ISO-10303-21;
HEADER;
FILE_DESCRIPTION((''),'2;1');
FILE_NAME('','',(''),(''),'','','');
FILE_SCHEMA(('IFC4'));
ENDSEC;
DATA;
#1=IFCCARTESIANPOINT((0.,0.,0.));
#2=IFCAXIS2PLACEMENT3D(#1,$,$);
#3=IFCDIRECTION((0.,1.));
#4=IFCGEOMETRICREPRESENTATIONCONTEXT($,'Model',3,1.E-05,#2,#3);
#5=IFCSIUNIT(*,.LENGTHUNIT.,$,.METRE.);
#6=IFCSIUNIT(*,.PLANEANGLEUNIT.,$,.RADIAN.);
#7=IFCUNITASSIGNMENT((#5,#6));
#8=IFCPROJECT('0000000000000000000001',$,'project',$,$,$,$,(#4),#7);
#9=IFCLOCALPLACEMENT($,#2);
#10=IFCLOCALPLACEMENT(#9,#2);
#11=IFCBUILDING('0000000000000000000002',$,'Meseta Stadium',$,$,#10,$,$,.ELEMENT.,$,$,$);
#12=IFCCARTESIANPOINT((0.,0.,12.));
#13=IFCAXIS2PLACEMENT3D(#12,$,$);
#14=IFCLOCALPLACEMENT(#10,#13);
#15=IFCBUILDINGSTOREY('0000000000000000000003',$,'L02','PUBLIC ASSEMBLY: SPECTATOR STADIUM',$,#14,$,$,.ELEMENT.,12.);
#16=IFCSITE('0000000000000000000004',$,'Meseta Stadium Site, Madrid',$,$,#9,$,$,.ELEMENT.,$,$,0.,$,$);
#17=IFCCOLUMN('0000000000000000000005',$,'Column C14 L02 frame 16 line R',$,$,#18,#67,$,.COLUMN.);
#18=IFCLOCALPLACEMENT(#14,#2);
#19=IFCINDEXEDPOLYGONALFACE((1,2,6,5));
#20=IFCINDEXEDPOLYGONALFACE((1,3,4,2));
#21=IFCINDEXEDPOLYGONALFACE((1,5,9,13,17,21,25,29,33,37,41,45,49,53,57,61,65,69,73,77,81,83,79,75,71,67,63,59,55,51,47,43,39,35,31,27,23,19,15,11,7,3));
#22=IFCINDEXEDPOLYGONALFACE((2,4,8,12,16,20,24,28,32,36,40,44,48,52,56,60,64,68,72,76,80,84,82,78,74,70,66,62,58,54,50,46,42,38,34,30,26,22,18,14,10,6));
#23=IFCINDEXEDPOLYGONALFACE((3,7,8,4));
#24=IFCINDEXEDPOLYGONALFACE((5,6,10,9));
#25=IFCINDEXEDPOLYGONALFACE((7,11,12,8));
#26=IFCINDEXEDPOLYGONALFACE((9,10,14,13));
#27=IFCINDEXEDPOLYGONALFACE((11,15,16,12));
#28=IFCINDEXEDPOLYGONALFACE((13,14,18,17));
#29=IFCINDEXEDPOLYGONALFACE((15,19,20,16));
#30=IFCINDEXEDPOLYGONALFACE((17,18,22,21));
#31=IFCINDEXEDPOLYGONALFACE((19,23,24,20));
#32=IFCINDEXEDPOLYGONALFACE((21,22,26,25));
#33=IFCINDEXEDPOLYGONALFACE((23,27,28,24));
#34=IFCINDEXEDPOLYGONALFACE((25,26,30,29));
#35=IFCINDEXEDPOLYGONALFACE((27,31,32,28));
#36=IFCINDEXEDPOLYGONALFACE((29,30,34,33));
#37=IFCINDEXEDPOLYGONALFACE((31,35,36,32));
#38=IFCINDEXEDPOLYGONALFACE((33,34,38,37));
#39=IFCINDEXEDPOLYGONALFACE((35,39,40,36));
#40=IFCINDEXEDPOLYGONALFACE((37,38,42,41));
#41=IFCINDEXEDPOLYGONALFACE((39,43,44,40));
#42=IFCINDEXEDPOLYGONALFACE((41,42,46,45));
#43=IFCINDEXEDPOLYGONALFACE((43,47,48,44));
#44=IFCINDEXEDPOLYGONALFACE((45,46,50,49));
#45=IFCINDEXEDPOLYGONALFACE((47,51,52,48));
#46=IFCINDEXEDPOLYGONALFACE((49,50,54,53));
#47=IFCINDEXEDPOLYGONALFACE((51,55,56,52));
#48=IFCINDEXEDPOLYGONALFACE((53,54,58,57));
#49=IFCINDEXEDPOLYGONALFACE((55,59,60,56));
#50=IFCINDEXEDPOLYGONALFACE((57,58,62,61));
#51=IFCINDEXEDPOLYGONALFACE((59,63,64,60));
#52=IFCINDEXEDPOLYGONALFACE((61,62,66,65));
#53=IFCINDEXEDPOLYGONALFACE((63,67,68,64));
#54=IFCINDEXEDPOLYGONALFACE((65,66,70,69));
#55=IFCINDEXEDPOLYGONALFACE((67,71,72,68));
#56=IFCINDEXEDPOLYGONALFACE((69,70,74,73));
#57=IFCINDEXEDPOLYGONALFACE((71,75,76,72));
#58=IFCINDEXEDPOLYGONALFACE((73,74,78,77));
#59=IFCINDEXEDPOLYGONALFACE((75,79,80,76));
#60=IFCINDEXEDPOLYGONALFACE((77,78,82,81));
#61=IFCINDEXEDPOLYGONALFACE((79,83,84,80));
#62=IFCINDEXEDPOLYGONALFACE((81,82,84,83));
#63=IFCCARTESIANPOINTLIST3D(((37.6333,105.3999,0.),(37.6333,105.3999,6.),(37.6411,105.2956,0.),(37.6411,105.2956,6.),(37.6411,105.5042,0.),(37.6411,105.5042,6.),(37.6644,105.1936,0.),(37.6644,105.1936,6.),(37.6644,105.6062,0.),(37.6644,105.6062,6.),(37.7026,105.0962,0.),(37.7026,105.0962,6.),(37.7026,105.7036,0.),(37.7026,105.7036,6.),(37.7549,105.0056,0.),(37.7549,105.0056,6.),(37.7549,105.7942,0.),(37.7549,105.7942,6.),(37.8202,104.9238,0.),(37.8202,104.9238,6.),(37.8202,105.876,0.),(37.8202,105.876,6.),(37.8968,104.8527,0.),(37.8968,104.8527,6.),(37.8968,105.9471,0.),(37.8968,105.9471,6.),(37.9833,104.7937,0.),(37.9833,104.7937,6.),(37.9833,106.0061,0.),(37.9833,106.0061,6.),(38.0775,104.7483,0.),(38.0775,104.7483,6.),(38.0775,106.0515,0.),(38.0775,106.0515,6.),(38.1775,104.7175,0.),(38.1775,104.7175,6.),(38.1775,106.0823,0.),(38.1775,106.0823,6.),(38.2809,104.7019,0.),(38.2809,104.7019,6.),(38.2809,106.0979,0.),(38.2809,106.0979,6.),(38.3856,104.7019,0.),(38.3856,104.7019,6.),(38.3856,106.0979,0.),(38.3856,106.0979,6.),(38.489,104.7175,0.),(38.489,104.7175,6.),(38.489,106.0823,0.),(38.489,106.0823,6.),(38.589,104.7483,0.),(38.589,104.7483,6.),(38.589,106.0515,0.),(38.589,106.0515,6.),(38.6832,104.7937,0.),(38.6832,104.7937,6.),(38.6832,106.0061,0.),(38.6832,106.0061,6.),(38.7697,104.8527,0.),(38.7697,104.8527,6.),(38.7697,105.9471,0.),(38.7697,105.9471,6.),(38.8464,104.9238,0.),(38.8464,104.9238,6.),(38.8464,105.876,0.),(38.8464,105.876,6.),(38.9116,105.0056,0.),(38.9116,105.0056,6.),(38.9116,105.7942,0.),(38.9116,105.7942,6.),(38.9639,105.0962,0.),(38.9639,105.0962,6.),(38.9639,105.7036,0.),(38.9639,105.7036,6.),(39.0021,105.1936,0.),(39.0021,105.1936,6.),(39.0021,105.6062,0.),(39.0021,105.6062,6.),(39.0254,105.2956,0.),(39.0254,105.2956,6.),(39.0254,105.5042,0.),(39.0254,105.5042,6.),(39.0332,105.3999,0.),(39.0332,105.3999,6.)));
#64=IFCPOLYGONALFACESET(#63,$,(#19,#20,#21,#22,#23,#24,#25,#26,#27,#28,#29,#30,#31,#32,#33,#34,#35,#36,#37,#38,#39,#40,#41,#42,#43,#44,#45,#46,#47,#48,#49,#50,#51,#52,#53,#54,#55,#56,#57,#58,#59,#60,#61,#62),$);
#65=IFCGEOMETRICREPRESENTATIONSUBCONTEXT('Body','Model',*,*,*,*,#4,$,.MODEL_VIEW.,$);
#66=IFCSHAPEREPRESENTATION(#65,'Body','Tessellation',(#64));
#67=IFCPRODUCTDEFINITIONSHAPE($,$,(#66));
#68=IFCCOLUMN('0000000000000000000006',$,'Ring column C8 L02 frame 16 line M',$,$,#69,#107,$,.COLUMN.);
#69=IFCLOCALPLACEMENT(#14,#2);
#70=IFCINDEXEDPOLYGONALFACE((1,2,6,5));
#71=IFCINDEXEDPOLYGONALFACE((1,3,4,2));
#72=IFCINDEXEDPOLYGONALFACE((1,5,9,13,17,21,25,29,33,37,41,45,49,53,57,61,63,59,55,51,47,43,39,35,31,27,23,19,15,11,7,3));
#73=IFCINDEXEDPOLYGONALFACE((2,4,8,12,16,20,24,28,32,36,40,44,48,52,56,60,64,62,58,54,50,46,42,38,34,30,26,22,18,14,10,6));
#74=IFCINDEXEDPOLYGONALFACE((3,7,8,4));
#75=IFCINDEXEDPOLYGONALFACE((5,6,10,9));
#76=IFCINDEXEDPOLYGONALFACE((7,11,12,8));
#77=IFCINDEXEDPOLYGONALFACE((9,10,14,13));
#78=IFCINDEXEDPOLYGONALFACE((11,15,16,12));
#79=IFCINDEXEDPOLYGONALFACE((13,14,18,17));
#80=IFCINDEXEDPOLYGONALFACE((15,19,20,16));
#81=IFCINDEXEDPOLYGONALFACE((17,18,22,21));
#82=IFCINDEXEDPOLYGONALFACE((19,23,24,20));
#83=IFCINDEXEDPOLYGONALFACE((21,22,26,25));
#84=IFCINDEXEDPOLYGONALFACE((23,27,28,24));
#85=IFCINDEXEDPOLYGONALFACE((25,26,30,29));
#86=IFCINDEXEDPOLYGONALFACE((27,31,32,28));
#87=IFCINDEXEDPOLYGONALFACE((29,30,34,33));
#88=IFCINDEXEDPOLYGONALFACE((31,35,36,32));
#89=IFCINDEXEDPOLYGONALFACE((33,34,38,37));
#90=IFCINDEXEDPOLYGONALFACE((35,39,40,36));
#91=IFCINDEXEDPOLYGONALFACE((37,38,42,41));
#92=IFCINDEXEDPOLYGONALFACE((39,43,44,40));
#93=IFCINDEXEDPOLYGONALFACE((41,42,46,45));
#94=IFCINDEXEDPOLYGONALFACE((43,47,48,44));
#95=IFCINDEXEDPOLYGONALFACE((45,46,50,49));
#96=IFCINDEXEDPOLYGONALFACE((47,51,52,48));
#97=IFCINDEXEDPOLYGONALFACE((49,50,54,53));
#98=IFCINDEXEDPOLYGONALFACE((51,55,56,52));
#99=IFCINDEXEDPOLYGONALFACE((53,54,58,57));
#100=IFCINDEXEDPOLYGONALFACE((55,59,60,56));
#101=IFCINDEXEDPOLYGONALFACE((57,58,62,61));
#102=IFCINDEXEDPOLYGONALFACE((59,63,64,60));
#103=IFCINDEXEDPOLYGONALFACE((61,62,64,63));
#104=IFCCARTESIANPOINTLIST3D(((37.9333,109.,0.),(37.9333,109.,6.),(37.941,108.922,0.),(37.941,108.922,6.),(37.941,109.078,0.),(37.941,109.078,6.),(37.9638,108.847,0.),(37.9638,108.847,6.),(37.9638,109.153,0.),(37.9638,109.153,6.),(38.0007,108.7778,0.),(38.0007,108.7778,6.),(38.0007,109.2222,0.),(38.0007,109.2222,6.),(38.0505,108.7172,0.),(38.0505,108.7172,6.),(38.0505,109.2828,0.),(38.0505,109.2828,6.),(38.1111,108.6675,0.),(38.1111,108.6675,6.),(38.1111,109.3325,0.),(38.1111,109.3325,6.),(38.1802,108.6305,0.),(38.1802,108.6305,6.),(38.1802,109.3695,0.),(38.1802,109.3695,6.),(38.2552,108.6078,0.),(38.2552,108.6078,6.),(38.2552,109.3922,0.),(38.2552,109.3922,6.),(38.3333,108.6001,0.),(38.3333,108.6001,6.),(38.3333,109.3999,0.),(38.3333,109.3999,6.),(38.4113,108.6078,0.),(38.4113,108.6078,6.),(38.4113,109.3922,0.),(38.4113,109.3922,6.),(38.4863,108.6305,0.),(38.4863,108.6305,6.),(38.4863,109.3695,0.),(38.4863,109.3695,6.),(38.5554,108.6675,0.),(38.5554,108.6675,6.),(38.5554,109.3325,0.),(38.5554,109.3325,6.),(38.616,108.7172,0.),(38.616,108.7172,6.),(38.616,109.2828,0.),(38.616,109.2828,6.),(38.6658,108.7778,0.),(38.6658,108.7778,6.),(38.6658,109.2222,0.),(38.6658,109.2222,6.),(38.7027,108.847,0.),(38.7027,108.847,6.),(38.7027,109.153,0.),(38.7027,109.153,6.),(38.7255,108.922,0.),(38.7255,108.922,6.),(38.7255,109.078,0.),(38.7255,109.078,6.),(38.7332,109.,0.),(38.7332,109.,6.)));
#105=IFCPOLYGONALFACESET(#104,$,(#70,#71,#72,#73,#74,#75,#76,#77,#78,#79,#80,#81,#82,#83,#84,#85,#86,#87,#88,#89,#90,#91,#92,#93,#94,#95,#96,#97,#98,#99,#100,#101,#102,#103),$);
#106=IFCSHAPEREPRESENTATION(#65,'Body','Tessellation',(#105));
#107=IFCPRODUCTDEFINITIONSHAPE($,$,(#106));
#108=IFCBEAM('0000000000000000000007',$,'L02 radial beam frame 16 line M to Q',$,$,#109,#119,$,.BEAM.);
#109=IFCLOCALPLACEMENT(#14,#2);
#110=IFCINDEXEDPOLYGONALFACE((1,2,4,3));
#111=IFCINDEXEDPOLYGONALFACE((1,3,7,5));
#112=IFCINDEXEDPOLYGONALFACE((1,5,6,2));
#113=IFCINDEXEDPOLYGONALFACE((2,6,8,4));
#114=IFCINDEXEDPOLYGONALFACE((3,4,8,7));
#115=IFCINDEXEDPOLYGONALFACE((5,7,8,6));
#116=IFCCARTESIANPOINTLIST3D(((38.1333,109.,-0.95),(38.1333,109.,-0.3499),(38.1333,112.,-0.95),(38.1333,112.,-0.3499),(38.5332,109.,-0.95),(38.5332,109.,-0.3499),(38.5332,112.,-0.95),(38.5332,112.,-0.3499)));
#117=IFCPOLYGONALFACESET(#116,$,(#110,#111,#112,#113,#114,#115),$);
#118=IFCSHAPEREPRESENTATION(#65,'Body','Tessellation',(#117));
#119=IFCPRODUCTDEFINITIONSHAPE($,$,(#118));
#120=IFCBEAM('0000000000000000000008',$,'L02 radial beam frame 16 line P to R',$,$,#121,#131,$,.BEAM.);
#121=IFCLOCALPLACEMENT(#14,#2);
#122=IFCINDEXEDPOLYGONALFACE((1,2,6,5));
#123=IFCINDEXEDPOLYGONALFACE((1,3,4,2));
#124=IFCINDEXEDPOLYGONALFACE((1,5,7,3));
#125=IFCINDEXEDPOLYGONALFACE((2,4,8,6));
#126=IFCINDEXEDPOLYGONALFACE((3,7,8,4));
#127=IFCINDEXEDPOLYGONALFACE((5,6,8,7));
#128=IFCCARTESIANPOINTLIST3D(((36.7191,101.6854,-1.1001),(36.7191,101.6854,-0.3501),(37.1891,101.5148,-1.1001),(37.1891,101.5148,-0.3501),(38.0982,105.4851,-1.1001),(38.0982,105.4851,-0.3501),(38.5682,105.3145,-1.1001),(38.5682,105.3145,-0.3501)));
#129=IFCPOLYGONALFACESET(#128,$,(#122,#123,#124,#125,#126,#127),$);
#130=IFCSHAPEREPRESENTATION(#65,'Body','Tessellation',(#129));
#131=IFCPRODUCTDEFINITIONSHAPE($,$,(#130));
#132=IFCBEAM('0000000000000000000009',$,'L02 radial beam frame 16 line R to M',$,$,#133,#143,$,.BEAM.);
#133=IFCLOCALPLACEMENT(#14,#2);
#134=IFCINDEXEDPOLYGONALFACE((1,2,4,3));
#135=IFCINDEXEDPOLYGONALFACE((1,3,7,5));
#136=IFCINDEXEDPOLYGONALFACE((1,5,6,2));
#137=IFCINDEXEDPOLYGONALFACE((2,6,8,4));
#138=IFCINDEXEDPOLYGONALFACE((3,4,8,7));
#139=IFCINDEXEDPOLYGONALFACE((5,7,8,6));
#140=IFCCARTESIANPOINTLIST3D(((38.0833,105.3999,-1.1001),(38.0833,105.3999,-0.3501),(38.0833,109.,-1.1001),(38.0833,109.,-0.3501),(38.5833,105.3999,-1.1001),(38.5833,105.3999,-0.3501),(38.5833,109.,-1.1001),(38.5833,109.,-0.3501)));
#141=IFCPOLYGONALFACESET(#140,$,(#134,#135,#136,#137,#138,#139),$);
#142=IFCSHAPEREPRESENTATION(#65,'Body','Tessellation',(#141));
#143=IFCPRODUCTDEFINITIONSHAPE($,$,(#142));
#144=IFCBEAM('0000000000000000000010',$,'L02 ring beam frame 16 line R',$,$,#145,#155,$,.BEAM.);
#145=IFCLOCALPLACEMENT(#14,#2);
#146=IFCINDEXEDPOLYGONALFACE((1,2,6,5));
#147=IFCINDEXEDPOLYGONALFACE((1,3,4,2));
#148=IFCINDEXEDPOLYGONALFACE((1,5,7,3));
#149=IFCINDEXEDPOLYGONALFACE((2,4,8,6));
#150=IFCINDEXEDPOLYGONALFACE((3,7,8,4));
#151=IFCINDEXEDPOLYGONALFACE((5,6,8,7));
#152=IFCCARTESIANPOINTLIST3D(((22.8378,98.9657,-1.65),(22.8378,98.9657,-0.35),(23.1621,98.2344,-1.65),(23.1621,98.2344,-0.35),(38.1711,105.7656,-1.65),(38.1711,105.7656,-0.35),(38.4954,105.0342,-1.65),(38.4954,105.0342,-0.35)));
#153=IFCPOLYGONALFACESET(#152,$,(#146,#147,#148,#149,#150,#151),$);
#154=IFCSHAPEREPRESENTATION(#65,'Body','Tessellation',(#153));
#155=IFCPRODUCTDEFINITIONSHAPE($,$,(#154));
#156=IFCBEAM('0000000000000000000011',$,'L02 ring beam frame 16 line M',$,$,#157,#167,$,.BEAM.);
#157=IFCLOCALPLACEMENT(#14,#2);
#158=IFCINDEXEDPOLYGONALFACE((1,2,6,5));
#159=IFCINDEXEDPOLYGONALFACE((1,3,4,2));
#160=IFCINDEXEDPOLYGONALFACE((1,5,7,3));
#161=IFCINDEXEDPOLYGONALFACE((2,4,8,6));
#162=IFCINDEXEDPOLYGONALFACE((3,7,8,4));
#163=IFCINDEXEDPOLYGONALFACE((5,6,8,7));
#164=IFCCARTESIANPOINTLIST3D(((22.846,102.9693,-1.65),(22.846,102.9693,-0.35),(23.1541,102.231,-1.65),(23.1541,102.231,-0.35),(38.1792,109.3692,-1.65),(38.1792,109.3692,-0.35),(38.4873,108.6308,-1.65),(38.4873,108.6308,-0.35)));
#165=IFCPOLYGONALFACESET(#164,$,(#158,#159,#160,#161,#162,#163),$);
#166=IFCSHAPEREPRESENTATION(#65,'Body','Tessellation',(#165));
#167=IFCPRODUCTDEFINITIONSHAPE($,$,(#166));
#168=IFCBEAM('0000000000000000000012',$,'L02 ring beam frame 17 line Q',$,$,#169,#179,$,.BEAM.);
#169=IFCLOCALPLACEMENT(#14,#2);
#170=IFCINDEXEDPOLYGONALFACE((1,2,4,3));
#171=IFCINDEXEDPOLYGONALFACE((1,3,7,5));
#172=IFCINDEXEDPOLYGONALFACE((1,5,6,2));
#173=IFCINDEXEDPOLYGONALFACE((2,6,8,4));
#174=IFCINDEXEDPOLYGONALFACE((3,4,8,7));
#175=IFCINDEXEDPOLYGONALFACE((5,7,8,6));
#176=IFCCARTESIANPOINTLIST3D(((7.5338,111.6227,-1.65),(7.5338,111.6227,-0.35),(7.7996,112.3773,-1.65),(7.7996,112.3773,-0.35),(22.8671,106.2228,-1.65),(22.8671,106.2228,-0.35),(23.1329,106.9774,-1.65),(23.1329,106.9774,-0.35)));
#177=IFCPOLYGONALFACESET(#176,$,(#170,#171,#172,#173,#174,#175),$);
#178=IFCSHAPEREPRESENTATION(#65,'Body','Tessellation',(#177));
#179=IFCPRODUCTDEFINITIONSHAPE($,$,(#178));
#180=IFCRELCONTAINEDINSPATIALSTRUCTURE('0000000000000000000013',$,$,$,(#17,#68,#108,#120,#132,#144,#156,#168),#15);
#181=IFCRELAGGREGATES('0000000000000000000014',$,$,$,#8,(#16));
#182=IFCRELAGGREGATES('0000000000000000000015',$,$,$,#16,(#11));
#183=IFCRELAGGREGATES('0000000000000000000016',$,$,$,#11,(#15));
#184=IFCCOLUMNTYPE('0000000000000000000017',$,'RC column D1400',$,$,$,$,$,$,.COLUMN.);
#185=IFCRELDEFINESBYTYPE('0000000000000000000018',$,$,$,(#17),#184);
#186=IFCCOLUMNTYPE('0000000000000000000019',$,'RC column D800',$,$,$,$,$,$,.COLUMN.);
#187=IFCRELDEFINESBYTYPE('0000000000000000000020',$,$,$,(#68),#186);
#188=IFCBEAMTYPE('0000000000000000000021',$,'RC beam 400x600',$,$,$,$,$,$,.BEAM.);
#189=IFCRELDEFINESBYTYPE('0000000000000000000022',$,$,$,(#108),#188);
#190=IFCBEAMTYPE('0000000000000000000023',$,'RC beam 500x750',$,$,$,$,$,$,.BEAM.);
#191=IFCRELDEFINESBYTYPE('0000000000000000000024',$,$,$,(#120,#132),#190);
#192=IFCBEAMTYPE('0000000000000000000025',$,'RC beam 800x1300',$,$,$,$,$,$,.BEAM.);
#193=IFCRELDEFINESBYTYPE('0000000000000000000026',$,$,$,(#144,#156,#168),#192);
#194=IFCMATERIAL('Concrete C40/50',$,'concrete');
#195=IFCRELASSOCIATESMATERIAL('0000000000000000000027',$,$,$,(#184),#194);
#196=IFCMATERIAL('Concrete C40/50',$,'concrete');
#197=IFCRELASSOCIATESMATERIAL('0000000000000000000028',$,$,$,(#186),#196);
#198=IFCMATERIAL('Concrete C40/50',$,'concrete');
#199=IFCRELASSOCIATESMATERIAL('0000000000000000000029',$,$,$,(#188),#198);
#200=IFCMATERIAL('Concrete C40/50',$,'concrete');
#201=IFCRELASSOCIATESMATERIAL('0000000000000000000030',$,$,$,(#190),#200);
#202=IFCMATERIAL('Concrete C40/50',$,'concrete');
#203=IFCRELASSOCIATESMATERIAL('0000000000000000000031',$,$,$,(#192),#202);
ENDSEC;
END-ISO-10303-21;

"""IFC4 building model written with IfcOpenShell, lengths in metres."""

from ifc_helpers import new_model, si_unit, direction, frame, origin, origin_2d, place, context, subcontext, project, spatial, rectangle, circle, extrude, material, material_profile, profile_set, type_object, element, save


model = new_model("IFC4")

# Units and contexts
model_context = context("Model", 3, precision=1e-05, world=origin(), true_north=direction((0.0, 1.0)))
body_context = subcontext(model_context, "Body", "Model", "MODEL_VIEW")
ifc_project = project(units=[si_unit("LENGTHUNIT", "METRE"), si_unit("PLANEANGLEUNIT", "RADIAN")], contexts=[model_context])

# Site, building, storey
site_placement = place(None, origin())
site = spatial("IfcSite", under=ifc_project, at=site_placement, Name="Meseta Stadium Site, Madrid", CompositionType="ELEMENT", RefElevation=0.0)
building_placement = place(site_placement, origin())
building = spatial("IfcBuilding", under=site, at=building_placement, Name="Meseta Stadium", CompositionType="ELEMENT")
storey_placement = place(building_placement, frame((0.0, 0.0, 12.0)))
storey = spatial("IfcBuildingStorey", under=building, at=storey_placement, Name="L02", Description="PUBLIC ASSEMBLY: SPECTATOR STADIUM", CompositionType="ELEMENT", Elevation=12.0)

# Columns
ifc_material_1 = material(Name="Concrete C40/50", Category="concrete")
ifc_material_profile_1 = material_profile(ifc_material_1, circle(Radius=0.7, at=origin_2d()), Name="RC D1400")
ifc_profile_set_1 = profile_set([ifc_material_profile_1], Name="Concrete C40/50")
column_type_1 = type_object("IfcColumnType", Name="RC column D1400", PredefinedType="COLUMN", material=ifc_profile_set_1)
column_1_placement = place(storey_placement, frame((38.3333, 105.3999, 0.0), z_axis=(0.0, 0.0, 1.0), x_axis=(1.0, 0.0, 0.0)))
element("IfcColumn", 1, at=column_1_placement, inside=storey, type_object=column_type_1, Name="Column C14 L02 frame 16 line R", PredefinedType="COLUMN", context=body_context, shape_type="SweptSolid", body=[
    extrude(circle(Radius=0.7, at=origin_2d()), origin(), (0.0, 0.0, 1.0), 6.0),
])
ifc_material_2 = material(Name="Concrete C40/50", Category="concrete")
ifc_material_profile_2 = material_profile(ifc_material_2, circle(Radius=0.3999, at=origin_2d()), Name="RC D800")
ifc_profile_set_2 = profile_set([ifc_material_profile_2], Name="Concrete C40/50")
column_type_2 = type_object("IfcColumnType", Name="RC column D800", PredefinedType="COLUMN", material=ifc_profile_set_2)
column_2_placement = place(storey_placement, frame((38.3333, 109.0, 0.0), z_axis=(0.0, 0.0, 1.0), x_axis=(1.0, 0.0, 0.0)))
element("IfcColumn", 2, at=column_2_placement, inside=storey, type_object=column_type_2, Name="Ring column C8 L02 frame 16 line M", PredefinedType="COLUMN", context=body_context, shape_type="SweptSolid", body=[
    extrude(circle(Radius=0.3999, at=origin_2d()), origin(), (0.0, 0.0, 1.0), 6.0),
])

# Beams
ifc_material_3 = material(Name="Concrete C40/50", Category="concrete")
ifc_material_profile_3 = material_profile(ifc_material_3, rectangle(XDim=0.3999, YDim=0.6001, at=origin_2d()), Name="RC 400x600")
ifc_profile_set_3 = profile_set([ifc_material_profile_3], Name="Concrete C40/50")
beam_type_1 = type_object("IfcBeamType", Name="RC beam 400x600", PredefinedType="BEAM", material=ifc_profile_set_3)
beam_1_placement = place(storey_placement, frame((38.3333, 109.0, -0.6499), z_axis=(0.0, 1.0, 0.0), x_axis=(-1.0, 0.0, 0.0)))
element("IfcBeam", 3, at=beam_1_placement, inside=storey, type_object=beam_type_1, Name="L02 radial beam frame 16 line M to Q", PredefinedType="BEAM", context=body_context, shape_type="SweptSolid", body=[
    extrude(rectangle(XDim=0.3999, YDim=0.6001, at=origin_2d()), origin(), (0.0, 0.0, 1.0), 3.0),
])
ifc_material_4 = material(Name="Concrete C40/50", Category="concrete")
ifc_material_profile_4 = material_profile(ifc_material_4, rectangle(XDim=0.5, YDim=0.75, at=origin_2d()), Name="RC 500x750")
ifc_profile_set_4 = profile_set([ifc_material_profile_4], Name="Concrete C40/50")
beam_type_2 = type_object("IfcBeamType", Name="RC beam 500x750", PredefinedType="BEAM", material=ifc_profile_set_4)
beam_2_placement = place(storey_placement, frame((36.9541, 101.6001, -0.7251), z_axis=(0.341176, 0.94, 0.0), x_axis=(-0.94, 0.341176, 0.0)))
element("IfcBeam", 4, at=beam_2_placement, inside=storey, type_object=beam_type_2, Name="L02 radial beam frame 16 line P to R", PredefinedType="BEAM", context=body_context, shape_type="SweptSolid", body=[
    extrude(rectangle(XDim=0.5, YDim=0.75, at=origin_2d()), origin(), (0.0, 0.0, 1.0), 4.0422),
])
beam_3_placement = place(storey_placement, frame((38.3333, 105.3999, -0.7251), z_axis=(0.0, 1.0, 0.0), x_axis=(-1.0, 0.0, 0.0)))
element("IfcBeam", 5, at=beam_3_placement, inside=storey, type_object=beam_type_2, Name="L02 radial beam frame 16 line R to M", PredefinedType="BEAM", context=body_context, shape_type="SweptSolid", body=[
    extrude(rectangle(XDim=0.5, YDim=0.75, at=origin_2d()), origin(), (0.0, 0.0, 1.0), 3.6001),
])
ifc_material_5 = material(Name="Concrete C40/50", Category="concrete")
ifc_material_profile_5 = material_profile(ifc_material_5, rectangle(XDim=0.8, YDim=1.3, at=origin_2d()), Name="RC 800x1300")
ifc_profile_set_5 = profile_set([ifc_material_profile_5], Name="Concrete C40/50")
beam_type_3 = type_object("IfcBeamType", Name="RC beam 800x1300", PredefinedType="BEAM", material=ifc_profile_set_5)
beam_4_placement = place(storey_placement, frame((38.3333, 105.3999, -1.0), z_axis=(-0.914143, -0.405393, 0.0), x_axis=(0.405393, -0.914143, 0.0)))
element("IfcBeam", 6, at=beam_4_placement, inside=storey, type_object=beam_type_3, Name="L02 ring beam frame 16 line R", PredefinedType="BEAM", context=body_context, shape_type="SweptSolid", body=[
    extrude(rectangle(XDim=0.8, YDim=1.3, at=origin_2d()), origin(), (0.0, 0.0, 1.0), 16.7734),
])
beam_5_placement = place(storey_placement, frame((38.3333, 109.0, -1.0), z_axis=(-0.922841, -0.385182, 0.0), x_axis=(0.385182, -0.922841, 0.0)))
element("IfcBeam", 7, at=beam_5_placement, inside=storey, type_object=beam_type_3, Name="L02 ring beam frame 16 line M", PredefinedType="BEAM", context=body_context, shape_type="SweptSolid", body=[
    extrude(rectangle(XDim=0.8, YDim=1.3, at=origin_2d()), origin(), (0.0, 0.0, 1.0), 16.6152),
])
beam_6_placement = place(storey_placement, frame((23.0, 106.6001, -1.0), z_axis=(-0.943219, 0.332173, 0.0), x_axis=(-0.332173, -0.943219, 0.0)))
element("IfcBeam", 8, at=beam_6_placement, inside=storey, type_object=beam_type_3, Name="L02 ring beam frame 17 line Q", PredefinedType="BEAM", context=body_context, shape_type="SweptSolid", body=[
    extrude(rectangle(XDim=0.8, YDim=1.3, at=origin_2d()), origin(), (0.0, 0.0, 1.0), 16.2563),
])

save(model, "model.ifc")
